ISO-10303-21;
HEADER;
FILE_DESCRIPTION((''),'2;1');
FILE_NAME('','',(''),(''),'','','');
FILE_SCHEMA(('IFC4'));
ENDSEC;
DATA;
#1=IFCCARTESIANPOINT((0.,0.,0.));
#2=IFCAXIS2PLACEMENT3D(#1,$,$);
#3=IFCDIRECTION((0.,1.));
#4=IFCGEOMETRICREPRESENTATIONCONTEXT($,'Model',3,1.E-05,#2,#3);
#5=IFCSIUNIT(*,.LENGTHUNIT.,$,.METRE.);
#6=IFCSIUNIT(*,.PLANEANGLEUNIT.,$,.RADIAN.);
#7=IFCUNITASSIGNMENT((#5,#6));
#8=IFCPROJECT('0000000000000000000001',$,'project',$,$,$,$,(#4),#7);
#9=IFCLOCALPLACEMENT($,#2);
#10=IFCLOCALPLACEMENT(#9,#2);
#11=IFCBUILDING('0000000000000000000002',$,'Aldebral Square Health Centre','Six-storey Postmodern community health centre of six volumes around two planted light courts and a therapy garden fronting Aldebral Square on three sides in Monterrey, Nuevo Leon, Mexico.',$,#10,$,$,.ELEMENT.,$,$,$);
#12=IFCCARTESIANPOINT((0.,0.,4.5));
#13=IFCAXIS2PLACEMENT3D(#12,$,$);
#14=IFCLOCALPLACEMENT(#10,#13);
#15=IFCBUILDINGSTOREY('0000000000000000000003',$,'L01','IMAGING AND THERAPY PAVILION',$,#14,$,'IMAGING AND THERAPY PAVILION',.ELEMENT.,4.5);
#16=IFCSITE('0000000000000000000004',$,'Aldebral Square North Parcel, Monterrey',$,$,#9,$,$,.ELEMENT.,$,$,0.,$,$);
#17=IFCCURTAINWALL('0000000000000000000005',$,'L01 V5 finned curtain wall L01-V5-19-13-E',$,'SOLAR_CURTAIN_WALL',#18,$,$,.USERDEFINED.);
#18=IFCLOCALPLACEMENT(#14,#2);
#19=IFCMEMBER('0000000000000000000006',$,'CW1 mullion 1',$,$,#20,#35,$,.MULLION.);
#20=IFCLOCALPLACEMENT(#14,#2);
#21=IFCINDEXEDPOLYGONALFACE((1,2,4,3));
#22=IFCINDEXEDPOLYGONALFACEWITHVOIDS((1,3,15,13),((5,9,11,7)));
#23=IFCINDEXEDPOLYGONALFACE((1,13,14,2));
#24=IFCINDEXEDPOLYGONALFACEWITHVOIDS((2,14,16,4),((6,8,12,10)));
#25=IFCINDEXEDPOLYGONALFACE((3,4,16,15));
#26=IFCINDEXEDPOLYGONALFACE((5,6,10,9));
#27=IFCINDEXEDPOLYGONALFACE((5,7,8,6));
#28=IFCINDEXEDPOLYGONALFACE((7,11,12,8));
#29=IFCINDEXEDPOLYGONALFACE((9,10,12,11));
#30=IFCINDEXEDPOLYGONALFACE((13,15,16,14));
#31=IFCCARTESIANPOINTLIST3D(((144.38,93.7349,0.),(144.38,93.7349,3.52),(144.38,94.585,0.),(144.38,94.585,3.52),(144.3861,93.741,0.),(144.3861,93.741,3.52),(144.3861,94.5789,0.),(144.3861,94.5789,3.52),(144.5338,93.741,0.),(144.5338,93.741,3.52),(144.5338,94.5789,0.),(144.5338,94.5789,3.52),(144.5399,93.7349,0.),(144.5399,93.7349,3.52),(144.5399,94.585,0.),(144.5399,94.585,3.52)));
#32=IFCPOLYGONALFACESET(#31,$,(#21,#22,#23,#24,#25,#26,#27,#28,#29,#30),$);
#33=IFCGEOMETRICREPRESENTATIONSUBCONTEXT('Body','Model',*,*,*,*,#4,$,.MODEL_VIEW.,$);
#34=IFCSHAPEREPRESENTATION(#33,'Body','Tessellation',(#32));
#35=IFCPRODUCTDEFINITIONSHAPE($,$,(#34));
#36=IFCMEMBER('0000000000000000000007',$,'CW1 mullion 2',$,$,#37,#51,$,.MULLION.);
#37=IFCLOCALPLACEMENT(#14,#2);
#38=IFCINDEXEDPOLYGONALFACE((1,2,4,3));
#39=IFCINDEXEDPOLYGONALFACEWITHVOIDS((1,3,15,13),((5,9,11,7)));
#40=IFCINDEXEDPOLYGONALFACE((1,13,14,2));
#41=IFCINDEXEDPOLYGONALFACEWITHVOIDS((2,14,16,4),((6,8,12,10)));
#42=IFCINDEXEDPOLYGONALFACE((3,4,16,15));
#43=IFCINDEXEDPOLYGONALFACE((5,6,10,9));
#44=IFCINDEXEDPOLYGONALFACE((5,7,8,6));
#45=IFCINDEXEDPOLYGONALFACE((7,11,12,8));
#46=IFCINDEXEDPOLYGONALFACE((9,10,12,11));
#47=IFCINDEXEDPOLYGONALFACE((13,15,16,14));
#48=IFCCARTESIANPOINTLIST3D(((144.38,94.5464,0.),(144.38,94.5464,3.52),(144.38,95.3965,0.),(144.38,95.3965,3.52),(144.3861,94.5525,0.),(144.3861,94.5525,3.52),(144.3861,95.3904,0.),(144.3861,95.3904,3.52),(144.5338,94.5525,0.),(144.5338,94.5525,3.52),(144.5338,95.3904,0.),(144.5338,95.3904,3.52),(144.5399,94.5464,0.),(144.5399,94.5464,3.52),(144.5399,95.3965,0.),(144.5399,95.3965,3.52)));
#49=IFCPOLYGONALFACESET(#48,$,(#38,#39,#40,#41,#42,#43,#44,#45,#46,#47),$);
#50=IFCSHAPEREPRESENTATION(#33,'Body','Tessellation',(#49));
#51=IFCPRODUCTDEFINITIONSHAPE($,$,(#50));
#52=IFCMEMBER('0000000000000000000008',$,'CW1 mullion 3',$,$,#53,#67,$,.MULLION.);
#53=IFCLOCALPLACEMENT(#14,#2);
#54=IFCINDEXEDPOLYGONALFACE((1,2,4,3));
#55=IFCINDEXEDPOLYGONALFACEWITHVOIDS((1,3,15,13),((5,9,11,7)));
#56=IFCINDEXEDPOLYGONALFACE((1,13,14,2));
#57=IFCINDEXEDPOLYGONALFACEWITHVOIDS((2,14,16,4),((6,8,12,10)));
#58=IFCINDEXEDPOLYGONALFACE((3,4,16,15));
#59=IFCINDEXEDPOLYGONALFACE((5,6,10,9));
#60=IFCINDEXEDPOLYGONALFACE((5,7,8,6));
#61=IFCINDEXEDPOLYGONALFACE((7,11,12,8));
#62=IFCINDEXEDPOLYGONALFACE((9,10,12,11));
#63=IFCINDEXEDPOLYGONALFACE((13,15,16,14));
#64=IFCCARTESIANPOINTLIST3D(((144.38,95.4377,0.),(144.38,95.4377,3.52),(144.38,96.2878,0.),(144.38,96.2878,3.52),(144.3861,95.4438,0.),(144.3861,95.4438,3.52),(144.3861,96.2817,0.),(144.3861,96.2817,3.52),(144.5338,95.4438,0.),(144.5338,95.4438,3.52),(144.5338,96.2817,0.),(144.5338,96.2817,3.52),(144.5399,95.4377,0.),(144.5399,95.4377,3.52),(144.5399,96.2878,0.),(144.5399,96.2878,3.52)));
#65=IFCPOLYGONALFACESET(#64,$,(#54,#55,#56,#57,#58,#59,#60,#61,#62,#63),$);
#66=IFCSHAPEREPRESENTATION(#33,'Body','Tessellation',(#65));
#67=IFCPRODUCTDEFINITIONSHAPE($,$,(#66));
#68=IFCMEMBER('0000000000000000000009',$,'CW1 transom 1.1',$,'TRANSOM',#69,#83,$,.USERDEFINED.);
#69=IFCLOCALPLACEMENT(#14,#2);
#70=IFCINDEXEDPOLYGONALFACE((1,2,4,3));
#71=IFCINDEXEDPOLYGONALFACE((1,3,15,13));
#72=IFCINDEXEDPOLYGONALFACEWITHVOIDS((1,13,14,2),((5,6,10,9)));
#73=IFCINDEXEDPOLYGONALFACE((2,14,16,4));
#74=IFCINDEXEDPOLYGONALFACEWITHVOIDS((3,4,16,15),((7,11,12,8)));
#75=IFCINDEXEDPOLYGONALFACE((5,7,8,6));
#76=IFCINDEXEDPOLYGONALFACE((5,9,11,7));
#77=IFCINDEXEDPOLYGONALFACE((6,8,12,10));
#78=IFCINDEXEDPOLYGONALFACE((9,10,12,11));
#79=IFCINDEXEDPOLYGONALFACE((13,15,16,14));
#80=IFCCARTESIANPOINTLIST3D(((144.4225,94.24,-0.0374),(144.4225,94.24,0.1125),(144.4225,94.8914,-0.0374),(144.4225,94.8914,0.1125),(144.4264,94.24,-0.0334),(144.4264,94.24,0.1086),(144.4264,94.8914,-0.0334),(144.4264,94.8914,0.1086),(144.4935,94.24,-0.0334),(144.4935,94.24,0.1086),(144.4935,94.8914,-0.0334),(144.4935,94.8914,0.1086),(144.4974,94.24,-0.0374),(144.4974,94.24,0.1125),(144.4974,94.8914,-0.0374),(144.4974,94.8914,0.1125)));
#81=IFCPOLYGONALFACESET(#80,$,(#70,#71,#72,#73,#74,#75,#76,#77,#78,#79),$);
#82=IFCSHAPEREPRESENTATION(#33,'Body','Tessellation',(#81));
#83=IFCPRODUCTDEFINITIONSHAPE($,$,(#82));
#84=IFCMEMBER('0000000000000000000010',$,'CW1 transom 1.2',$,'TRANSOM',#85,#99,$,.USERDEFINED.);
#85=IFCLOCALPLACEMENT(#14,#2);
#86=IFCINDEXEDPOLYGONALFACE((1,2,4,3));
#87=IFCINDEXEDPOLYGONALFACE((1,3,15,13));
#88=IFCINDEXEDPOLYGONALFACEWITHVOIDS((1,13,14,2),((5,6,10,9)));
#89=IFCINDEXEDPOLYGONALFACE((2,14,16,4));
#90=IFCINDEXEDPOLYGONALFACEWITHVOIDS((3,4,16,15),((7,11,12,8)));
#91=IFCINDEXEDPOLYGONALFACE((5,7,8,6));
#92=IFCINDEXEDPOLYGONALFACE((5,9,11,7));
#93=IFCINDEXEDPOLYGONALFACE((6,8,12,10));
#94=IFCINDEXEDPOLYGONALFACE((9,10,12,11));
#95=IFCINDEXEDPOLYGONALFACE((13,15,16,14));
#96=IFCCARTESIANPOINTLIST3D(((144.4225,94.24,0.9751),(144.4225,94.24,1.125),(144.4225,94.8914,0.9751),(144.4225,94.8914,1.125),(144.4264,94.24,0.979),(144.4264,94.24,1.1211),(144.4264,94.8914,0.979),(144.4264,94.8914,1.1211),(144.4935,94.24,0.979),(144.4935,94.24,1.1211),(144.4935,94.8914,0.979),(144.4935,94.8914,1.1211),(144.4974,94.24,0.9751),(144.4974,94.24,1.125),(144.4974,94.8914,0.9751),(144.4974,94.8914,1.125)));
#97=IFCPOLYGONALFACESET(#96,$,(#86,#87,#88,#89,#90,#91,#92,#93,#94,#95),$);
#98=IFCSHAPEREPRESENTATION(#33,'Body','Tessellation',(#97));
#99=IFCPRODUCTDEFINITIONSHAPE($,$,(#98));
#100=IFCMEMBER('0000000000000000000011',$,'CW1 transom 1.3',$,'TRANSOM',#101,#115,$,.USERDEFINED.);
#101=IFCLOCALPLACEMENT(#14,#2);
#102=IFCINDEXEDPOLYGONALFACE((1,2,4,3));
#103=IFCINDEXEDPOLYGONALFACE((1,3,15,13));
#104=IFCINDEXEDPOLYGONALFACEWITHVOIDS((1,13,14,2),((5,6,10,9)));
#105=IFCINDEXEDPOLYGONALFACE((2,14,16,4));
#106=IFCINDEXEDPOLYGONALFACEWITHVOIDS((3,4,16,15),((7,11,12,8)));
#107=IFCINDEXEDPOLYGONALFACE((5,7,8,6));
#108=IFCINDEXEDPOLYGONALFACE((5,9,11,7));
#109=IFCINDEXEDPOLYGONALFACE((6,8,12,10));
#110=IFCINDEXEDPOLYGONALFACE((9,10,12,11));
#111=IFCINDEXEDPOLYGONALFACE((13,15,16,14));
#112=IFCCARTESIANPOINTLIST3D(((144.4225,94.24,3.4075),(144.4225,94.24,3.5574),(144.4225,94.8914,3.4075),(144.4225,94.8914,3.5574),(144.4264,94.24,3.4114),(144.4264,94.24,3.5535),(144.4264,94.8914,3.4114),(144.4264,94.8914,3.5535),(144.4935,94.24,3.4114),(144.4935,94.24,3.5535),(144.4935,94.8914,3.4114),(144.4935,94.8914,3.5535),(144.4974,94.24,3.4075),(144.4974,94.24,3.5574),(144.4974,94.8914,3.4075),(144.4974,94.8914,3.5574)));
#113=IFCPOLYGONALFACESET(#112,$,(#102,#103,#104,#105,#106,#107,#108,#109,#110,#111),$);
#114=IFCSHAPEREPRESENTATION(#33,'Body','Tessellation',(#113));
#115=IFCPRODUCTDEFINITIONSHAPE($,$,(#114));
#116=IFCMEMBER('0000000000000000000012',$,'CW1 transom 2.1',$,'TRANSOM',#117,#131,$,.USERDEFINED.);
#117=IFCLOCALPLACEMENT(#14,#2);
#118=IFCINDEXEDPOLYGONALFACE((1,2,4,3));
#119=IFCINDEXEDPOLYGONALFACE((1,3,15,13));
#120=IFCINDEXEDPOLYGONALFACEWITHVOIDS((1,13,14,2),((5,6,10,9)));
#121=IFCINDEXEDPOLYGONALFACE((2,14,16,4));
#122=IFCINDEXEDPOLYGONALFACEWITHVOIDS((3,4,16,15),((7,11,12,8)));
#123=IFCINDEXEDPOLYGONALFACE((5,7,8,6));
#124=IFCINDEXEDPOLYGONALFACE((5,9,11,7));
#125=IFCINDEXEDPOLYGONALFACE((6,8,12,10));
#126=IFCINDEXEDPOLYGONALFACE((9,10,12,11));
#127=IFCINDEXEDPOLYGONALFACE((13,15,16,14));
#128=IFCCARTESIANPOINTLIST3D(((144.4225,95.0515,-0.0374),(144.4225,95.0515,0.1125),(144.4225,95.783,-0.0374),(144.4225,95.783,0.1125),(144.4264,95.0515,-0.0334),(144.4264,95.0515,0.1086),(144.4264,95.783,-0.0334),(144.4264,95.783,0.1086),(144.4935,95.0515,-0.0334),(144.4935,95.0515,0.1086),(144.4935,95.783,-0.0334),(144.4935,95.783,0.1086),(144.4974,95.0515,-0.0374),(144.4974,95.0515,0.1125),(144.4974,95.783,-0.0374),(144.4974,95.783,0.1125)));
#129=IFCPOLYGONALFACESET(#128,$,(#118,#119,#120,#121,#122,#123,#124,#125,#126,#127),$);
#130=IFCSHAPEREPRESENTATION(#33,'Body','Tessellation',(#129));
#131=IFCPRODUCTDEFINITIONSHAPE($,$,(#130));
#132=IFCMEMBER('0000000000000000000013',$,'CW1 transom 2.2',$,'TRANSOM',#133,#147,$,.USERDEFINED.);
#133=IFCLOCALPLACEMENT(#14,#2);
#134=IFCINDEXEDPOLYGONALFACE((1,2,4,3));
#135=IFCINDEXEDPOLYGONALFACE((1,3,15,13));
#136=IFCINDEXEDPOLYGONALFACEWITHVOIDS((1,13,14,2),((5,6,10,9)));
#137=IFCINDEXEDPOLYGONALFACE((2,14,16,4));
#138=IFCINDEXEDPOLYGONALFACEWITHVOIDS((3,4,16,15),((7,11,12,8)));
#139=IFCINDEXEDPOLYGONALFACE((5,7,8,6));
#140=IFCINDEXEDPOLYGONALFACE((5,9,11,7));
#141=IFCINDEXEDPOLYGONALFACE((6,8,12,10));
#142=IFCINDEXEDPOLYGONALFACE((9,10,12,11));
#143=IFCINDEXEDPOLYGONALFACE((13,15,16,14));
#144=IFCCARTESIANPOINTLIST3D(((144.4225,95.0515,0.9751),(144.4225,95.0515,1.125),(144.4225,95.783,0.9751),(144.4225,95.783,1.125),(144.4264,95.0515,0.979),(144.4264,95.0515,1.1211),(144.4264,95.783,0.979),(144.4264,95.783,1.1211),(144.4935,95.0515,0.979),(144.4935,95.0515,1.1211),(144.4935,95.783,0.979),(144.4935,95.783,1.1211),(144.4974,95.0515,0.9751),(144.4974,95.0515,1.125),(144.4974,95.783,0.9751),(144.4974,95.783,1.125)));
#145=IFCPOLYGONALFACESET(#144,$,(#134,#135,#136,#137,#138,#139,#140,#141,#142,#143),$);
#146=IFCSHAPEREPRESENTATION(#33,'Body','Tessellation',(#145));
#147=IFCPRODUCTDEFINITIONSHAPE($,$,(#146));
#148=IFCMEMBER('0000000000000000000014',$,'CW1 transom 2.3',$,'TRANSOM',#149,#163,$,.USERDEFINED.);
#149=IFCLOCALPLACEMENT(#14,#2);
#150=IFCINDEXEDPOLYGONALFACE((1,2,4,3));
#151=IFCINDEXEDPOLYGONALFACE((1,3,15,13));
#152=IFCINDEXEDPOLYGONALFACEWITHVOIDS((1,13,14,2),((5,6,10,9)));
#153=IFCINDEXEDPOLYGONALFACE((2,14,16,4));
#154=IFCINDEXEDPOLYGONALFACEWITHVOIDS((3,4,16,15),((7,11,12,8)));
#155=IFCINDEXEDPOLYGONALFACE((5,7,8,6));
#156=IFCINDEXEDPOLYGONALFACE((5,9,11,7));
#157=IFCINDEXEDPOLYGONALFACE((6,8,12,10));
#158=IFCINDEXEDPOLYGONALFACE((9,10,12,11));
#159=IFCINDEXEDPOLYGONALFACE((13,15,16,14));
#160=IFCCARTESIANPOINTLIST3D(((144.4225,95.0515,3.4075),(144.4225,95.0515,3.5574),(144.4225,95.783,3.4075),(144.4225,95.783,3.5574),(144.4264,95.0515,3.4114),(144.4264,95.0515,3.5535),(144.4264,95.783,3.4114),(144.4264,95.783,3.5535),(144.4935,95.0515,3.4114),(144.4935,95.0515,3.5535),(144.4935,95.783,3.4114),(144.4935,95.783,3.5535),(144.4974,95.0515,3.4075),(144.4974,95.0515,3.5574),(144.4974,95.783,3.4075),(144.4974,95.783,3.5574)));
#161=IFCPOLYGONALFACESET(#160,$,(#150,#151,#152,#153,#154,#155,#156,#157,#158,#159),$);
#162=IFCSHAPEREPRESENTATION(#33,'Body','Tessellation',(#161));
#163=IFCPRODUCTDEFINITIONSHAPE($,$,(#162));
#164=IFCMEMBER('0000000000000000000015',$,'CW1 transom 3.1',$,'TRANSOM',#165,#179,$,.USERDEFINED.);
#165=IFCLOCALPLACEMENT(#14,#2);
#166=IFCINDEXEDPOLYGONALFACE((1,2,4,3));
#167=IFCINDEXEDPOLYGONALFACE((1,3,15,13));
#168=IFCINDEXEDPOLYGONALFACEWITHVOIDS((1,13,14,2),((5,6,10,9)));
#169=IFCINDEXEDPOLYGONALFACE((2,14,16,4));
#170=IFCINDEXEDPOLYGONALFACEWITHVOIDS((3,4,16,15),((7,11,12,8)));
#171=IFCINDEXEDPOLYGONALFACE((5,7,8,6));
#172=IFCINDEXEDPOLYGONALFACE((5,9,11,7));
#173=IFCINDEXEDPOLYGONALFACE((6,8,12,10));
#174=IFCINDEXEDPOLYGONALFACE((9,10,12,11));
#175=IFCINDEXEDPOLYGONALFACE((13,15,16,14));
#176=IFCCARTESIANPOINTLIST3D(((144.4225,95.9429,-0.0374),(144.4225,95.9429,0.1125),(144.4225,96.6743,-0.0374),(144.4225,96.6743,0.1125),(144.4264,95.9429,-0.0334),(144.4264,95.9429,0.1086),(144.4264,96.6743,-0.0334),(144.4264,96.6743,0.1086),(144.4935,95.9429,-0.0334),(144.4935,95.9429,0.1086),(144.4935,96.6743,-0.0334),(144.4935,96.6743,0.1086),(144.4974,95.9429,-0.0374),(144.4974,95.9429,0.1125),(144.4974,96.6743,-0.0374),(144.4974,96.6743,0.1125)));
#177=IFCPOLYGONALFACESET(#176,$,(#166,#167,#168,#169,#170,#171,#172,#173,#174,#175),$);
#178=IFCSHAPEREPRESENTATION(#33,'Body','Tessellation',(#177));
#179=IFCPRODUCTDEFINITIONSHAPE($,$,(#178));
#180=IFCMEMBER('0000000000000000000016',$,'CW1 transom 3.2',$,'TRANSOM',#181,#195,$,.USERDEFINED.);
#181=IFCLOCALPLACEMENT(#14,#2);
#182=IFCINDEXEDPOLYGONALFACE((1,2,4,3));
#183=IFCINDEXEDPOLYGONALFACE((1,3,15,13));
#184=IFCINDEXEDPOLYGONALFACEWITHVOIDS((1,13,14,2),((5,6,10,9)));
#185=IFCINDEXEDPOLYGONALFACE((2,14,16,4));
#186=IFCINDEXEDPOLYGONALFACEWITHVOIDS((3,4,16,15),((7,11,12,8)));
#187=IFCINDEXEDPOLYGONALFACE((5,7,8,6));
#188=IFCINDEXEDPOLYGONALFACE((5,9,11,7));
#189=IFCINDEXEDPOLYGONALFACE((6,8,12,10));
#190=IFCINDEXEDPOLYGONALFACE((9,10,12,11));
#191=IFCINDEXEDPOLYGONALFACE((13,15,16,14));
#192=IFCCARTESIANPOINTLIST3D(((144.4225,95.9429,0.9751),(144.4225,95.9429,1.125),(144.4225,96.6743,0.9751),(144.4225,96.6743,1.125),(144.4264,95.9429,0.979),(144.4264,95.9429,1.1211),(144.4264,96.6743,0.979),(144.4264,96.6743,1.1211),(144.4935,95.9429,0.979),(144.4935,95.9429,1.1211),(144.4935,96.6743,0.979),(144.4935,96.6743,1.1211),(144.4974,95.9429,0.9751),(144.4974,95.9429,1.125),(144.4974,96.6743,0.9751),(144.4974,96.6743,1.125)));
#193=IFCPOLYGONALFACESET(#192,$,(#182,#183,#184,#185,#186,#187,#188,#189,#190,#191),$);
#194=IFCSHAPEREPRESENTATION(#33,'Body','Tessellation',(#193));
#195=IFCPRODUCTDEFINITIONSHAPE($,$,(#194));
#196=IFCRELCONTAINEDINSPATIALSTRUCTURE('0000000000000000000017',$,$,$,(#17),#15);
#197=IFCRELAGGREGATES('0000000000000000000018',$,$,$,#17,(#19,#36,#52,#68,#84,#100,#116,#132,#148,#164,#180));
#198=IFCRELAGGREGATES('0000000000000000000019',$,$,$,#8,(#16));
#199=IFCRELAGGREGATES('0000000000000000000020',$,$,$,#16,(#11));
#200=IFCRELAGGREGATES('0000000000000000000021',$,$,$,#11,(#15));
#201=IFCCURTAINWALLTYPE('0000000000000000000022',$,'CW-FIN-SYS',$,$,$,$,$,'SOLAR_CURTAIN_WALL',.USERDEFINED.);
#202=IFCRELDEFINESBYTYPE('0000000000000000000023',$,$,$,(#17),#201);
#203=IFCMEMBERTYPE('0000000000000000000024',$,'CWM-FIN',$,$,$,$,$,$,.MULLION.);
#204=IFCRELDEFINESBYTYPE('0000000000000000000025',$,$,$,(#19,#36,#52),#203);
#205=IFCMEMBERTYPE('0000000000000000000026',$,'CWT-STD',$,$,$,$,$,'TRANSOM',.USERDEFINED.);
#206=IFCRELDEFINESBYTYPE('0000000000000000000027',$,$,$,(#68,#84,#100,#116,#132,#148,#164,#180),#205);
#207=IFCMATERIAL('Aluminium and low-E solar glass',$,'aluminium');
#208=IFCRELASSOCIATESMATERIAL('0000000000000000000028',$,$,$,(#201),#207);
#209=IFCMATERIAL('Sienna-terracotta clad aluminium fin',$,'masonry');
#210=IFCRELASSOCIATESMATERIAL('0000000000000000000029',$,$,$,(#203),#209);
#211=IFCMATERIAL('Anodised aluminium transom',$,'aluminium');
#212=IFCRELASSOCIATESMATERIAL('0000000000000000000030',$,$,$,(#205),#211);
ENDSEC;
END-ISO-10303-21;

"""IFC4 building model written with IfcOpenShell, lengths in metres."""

from ifc_helpers import new_model, si_unit, direction, frame, origin, origin_2d, place, context, subcontext, project, spatial, hollow_rectangle, extrude, material, material_profile, profile_set, type_object, element, aggregate, save


model = new_model("IFC4")

# Units and contexts
model_context = context("Model", 3, precision=1e-05, world=origin(), true_north=direction((0.0, 1.0)))
body_context = subcontext(model_context, "Body", "Model", "MODEL_VIEW")
ifc_project = project(units=[si_unit("LENGTHUNIT", "METRE"), si_unit("PLANEANGLEUNIT", "RADIAN")], contexts=[model_context])

# Site, building, storey
site_placement = place(None, origin())
site = spatial("IfcSite", under=ifc_project, at=site_placement, Name="Aldebral Square North Parcel, Monterrey", CompositionType="ELEMENT", RefElevation=0.0)
building_placement = place(site_placement, origin())
building = spatial("IfcBuilding", under=site, at=building_placement, Name="Aldebral Square Health Centre", Description="Six-storey Postmodern community health centre of six volumes around two planted light courts and a therapy garden fronting Aldebral Square on three sides in Monterrey, Nuevo Leon, Mexico.", CompositionType="ELEMENT")
storey_placement = place(building_placement, frame((0.0, 0.0, 4.5)))
storey = spatial("IfcBuildingStorey", under=building, at=storey_placement, Name="L01", Description="IMAGING AND THERAPY PAVILION", LongName="IMAGING AND THERAPY PAVILION", CompositionType="ELEMENT", Elevation=4.5)

# Curtain wall, members
ifc_material_1 = material(Name="Aluminium and low-E solar glass", Category="aluminium")
curtain_wall_type = type_object("IfcCurtainWallType", Name="CW-FIN-SYS", ElementType="SOLAR_CURTAIN_WALL", PredefinedType="USERDEFINED", material=ifc_material_1)
curtain_wall_placement = place(storey_placement, origin())
curtain_wall = element("IfcCurtainWall", 1, at=curtain_wall_placement, inside=storey, type_object=curtain_wall_type, Name="L01 V5 finned curtain wall L01-V5-19-13-E", ObjectType="SOLAR_CURTAIN_WALL", PredefinedType="USERDEFINED")
ifc_material_2 = material(Name="Sienna-terracotta clad aluminium fin", Category="masonry")
ifc_material_profile_1 = material_profile(ifc_material_2, hollow_rectangle(XDim=0.1599, YDim=0.8501, WallThickness=0.0061, at=origin_2d()), Name="FIN 160x850x6")
ifc_profile_set_1 = profile_set([ifc_material_profile_1], Name="Sienna-terracotta clad aluminium fin")
member_type_1 = type_object("IfcMemberType", Name="CWM-FIN", PredefinedType="MULLION", material=ifc_profile_set_1)
member_1_placement = place(storey_placement, frame((144.46, 94.1599, 0.0), z_axis=(0.0, 0.0, 1.0), x_axis=(-1.0, 0.0, 0.0)))
member_1 = element("IfcMember", 2, at=member_1_placement, type_object=member_type_1, Name="CW1 mullion 1", PredefinedType="MULLION", context=body_context, shape_type="SweptSolid", body=[
    extrude(hollow_rectangle(XDim=0.1599, YDim=0.8501, WallThickness=0.0061, at=origin_2d()), origin(), (0.0, 0.0, 1.0), 3.52),
])
member_2_placement = place(storey_placement, frame((144.46, 94.9714, 0.0), z_axis=(0.0, 0.0, 1.0), x_axis=(-1.0, 0.0, 0.0)))
member_2 = element("IfcMember", 3, at=member_2_placement, type_object=member_type_1, Name="CW1 mullion 2", PredefinedType="MULLION", context=body_context, shape_type="SweptSolid", body=[
    extrude(hollow_rectangle(XDim=0.1599, YDim=0.8501, WallThickness=0.0061, at=origin_2d()), origin(), (0.0, 0.0, 1.0), 3.52),
])
member_3_placement = place(storey_placement, frame((144.46, 95.8628, 0.0), z_axis=(0.0, 0.0, 1.0), x_axis=(-1.0, 0.0, 0.0)))
member_3 = element("IfcMember", 4, at=member_3_placement, type_object=member_type_1, Name="CW1 mullion 3", PredefinedType="MULLION", context=body_context, shape_type="SweptSolid", body=[
    extrude(hollow_rectangle(XDim=0.1599, YDim=0.8501, WallThickness=0.0061, at=origin_2d()), origin(), (0.0, 0.0, 1.0), 3.52),
])
ifc_material_3 = material(Name="Anodised aluminium transom", Category="aluminium")
ifc_material_profile_2 = material_profile(ifc_material_3, hollow_rectangle(XDim=0.075, YDim=0.1499, WallThickness=0.0039, at=origin_2d()), Name="CWT 75x150x4")
ifc_profile_set_2 = profile_set([ifc_material_profile_2], Name="Anodised aluminium transom")
member_type_2 = type_object("IfcMemberType", Name="CWT-STD", ElementType="TRANSOM", PredefinedType="USERDEFINED", material=ifc_profile_set_2)
member_4_placement = place(storey_placement, frame((144.46, 94.24, 0.0376), z_axis=(0.0, 1.0, 0.0), x_axis=(-1.0, 0.0, 0.0)))
member_4 = element("IfcMember", 5, at=member_4_placement, type_object=member_type_2, Name="CW1 transom 1.1", ObjectType="TRANSOM", PredefinedType="USERDEFINED", context=body_context, shape_type="SweptSolid", body=[
    extrude(hollow_rectangle(XDim=0.075, YDim=0.1499, WallThickness=0.0039, at=origin_2d()), origin(), (0.0, 0.0, 1.0), 0.6514),
])
member_5_placement = place(storey_placement, frame((144.46, 94.24, 1.05), z_axis=(0.0, 1.0, 0.0), x_axis=(-1.0, 0.0, 0.0)))
member_5 = element("IfcMember", 6, at=member_5_placement, type_object=member_type_2, Name="CW1 transom 1.2", ObjectType="TRANSOM", PredefinedType="USERDEFINED", context=body_context, shape_type="SweptSolid", body=[
    extrude(hollow_rectangle(XDim=0.075, YDim=0.1499, WallThickness=0.0039, at=origin_2d()), origin(), (0.0, 0.0, 1.0), 0.6514),
])
member_6_placement = place(storey_placement, frame((144.46, 94.24, 3.4824), z_axis=(0.0, 1.0, 0.0), x_axis=(-1.0, 0.0, 0.0)))
member_6 = element("IfcMember", 7, at=member_6_placement, type_object=member_type_2, Name="CW1 transom 1.3", ObjectType="TRANSOM", PredefinedType="USERDEFINED", context=body_context, shape_type="SweptSolid", body=[
    extrude(hollow_rectangle(XDim=0.075, YDim=0.1499, WallThickness=0.0039, at=origin_2d()), origin(), (0.0, 0.0, 1.0), 0.6514),
])
member_7_placement = place(storey_placement, frame((144.46, 95.0515, 0.0376), z_axis=(0.0, 1.0, 0.0), x_axis=(-1.0, 0.0, 0.0)))
member_7 = element("IfcMember", 8, at=member_7_placement, type_object=member_type_2, Name="CW1 transom 2.1", ObjectType="TRANSOM", PredefinedType="USERDEFINED", context=body_context, shape_type="SweptSolid", body=[
    extrude(hollow_rectangle(XDim=0.075, YDim=0.1499, WallThickness=0.0039, at=origin_2d()), origin(), (0.0, 0.0, 1.0), 0.7314),
])
member_8_placement = place(storey_placement, frame((144.46, 95.0515, 1.05), z_axis=(0.0, 1.0, 0.0), x_axis=(-1.0, 0.0, 0.0)))
member_8 = element("IfcMember", 9, at=member_8_placement, type_object=member_type_2, Name="CW1 transom 2.2", ObjectType="TRANSOM", PredefinedType="USERDEFINED", context=body_context, shape_type="SweptSolid", body=[
    extrude(hollow_rectangle(XDim=0.075, YDim=0.1499, WallThickness=0.0039, at=origin_2d()), origin(), (0.0, 0.0, 1.0), 0.7314),
])
member_9_placement = place(storey_placement, frame((144.46, 95.0515, 3.4824), z_axis=(0.0, 1.0, 0.0), x_axis=(-1.0, 0.0, 0.0)))
member_9 = element("IfcMember", 10, at=member_9_placement, type_object=member_type_2, Name="CW1 transom 2.3", ObjectType="TRANSOM", PredefinedType="USERDEFINED", context=body_context, shape_type="SweptSolid", body=[
    extrude(hollow_rectangle(XDim=0.075, YDim=0.1499, WallThickness=0.0039, at=origin_2d()), origin(), (0.0, 0.0, 1.0), 0.7314),
])
member_10_placement = place(storey_placement, frame((144.46, 95.9429, 0.0376), z_axis=(0.0, 1.0, 0.0), x_axis=(-1.0, 0.0, 0.0)))
member_10 = element("IfcMember", 11, at=member_10_placement, type_object=member_type_2, Name="CW1 transom 3.1", ObjectType="TRANSOM", PredefinedType="USERDEFINED", context=body_context, shape_type="SweptSolid", body=[
    extrude(hollow_rectangle(XDim=0.075, YDim=0.1499, WallThickness=0.0039, at=origin_2d()), origin(), (0.0, 0.0, 1.0), 0.7314),
])
member_11_placement = place(storey_placement, frame((144.46, 95.9429, 1.05), z_axis=(0.0, 1.0, 0.0), x_axis=(-1.0, 0.0, 0.0)))
member_11 = element("IfcMember", 12, at=member_11_placement, type_object=member_type_2, Name="CW1 transom 3.2", ObjectType="TRANSOM", PredefinedType="USERDEFINED", context=body_context, shape_type="SweptSolid", body=[
    extrude(hollow_rectangle(XDim=0.075, YDim=0.1499, WallThickness=0.0039, at=origin_2d()), origin(), (0.0, 0.0, 1.0), 0.7314),
])
aggregate(curtain_wall, [member_1, member_2, member_3, member_4, member_5, member_6, member_7, member_8, member_9, member_10, member_11])

save(model, "model.ifc")
